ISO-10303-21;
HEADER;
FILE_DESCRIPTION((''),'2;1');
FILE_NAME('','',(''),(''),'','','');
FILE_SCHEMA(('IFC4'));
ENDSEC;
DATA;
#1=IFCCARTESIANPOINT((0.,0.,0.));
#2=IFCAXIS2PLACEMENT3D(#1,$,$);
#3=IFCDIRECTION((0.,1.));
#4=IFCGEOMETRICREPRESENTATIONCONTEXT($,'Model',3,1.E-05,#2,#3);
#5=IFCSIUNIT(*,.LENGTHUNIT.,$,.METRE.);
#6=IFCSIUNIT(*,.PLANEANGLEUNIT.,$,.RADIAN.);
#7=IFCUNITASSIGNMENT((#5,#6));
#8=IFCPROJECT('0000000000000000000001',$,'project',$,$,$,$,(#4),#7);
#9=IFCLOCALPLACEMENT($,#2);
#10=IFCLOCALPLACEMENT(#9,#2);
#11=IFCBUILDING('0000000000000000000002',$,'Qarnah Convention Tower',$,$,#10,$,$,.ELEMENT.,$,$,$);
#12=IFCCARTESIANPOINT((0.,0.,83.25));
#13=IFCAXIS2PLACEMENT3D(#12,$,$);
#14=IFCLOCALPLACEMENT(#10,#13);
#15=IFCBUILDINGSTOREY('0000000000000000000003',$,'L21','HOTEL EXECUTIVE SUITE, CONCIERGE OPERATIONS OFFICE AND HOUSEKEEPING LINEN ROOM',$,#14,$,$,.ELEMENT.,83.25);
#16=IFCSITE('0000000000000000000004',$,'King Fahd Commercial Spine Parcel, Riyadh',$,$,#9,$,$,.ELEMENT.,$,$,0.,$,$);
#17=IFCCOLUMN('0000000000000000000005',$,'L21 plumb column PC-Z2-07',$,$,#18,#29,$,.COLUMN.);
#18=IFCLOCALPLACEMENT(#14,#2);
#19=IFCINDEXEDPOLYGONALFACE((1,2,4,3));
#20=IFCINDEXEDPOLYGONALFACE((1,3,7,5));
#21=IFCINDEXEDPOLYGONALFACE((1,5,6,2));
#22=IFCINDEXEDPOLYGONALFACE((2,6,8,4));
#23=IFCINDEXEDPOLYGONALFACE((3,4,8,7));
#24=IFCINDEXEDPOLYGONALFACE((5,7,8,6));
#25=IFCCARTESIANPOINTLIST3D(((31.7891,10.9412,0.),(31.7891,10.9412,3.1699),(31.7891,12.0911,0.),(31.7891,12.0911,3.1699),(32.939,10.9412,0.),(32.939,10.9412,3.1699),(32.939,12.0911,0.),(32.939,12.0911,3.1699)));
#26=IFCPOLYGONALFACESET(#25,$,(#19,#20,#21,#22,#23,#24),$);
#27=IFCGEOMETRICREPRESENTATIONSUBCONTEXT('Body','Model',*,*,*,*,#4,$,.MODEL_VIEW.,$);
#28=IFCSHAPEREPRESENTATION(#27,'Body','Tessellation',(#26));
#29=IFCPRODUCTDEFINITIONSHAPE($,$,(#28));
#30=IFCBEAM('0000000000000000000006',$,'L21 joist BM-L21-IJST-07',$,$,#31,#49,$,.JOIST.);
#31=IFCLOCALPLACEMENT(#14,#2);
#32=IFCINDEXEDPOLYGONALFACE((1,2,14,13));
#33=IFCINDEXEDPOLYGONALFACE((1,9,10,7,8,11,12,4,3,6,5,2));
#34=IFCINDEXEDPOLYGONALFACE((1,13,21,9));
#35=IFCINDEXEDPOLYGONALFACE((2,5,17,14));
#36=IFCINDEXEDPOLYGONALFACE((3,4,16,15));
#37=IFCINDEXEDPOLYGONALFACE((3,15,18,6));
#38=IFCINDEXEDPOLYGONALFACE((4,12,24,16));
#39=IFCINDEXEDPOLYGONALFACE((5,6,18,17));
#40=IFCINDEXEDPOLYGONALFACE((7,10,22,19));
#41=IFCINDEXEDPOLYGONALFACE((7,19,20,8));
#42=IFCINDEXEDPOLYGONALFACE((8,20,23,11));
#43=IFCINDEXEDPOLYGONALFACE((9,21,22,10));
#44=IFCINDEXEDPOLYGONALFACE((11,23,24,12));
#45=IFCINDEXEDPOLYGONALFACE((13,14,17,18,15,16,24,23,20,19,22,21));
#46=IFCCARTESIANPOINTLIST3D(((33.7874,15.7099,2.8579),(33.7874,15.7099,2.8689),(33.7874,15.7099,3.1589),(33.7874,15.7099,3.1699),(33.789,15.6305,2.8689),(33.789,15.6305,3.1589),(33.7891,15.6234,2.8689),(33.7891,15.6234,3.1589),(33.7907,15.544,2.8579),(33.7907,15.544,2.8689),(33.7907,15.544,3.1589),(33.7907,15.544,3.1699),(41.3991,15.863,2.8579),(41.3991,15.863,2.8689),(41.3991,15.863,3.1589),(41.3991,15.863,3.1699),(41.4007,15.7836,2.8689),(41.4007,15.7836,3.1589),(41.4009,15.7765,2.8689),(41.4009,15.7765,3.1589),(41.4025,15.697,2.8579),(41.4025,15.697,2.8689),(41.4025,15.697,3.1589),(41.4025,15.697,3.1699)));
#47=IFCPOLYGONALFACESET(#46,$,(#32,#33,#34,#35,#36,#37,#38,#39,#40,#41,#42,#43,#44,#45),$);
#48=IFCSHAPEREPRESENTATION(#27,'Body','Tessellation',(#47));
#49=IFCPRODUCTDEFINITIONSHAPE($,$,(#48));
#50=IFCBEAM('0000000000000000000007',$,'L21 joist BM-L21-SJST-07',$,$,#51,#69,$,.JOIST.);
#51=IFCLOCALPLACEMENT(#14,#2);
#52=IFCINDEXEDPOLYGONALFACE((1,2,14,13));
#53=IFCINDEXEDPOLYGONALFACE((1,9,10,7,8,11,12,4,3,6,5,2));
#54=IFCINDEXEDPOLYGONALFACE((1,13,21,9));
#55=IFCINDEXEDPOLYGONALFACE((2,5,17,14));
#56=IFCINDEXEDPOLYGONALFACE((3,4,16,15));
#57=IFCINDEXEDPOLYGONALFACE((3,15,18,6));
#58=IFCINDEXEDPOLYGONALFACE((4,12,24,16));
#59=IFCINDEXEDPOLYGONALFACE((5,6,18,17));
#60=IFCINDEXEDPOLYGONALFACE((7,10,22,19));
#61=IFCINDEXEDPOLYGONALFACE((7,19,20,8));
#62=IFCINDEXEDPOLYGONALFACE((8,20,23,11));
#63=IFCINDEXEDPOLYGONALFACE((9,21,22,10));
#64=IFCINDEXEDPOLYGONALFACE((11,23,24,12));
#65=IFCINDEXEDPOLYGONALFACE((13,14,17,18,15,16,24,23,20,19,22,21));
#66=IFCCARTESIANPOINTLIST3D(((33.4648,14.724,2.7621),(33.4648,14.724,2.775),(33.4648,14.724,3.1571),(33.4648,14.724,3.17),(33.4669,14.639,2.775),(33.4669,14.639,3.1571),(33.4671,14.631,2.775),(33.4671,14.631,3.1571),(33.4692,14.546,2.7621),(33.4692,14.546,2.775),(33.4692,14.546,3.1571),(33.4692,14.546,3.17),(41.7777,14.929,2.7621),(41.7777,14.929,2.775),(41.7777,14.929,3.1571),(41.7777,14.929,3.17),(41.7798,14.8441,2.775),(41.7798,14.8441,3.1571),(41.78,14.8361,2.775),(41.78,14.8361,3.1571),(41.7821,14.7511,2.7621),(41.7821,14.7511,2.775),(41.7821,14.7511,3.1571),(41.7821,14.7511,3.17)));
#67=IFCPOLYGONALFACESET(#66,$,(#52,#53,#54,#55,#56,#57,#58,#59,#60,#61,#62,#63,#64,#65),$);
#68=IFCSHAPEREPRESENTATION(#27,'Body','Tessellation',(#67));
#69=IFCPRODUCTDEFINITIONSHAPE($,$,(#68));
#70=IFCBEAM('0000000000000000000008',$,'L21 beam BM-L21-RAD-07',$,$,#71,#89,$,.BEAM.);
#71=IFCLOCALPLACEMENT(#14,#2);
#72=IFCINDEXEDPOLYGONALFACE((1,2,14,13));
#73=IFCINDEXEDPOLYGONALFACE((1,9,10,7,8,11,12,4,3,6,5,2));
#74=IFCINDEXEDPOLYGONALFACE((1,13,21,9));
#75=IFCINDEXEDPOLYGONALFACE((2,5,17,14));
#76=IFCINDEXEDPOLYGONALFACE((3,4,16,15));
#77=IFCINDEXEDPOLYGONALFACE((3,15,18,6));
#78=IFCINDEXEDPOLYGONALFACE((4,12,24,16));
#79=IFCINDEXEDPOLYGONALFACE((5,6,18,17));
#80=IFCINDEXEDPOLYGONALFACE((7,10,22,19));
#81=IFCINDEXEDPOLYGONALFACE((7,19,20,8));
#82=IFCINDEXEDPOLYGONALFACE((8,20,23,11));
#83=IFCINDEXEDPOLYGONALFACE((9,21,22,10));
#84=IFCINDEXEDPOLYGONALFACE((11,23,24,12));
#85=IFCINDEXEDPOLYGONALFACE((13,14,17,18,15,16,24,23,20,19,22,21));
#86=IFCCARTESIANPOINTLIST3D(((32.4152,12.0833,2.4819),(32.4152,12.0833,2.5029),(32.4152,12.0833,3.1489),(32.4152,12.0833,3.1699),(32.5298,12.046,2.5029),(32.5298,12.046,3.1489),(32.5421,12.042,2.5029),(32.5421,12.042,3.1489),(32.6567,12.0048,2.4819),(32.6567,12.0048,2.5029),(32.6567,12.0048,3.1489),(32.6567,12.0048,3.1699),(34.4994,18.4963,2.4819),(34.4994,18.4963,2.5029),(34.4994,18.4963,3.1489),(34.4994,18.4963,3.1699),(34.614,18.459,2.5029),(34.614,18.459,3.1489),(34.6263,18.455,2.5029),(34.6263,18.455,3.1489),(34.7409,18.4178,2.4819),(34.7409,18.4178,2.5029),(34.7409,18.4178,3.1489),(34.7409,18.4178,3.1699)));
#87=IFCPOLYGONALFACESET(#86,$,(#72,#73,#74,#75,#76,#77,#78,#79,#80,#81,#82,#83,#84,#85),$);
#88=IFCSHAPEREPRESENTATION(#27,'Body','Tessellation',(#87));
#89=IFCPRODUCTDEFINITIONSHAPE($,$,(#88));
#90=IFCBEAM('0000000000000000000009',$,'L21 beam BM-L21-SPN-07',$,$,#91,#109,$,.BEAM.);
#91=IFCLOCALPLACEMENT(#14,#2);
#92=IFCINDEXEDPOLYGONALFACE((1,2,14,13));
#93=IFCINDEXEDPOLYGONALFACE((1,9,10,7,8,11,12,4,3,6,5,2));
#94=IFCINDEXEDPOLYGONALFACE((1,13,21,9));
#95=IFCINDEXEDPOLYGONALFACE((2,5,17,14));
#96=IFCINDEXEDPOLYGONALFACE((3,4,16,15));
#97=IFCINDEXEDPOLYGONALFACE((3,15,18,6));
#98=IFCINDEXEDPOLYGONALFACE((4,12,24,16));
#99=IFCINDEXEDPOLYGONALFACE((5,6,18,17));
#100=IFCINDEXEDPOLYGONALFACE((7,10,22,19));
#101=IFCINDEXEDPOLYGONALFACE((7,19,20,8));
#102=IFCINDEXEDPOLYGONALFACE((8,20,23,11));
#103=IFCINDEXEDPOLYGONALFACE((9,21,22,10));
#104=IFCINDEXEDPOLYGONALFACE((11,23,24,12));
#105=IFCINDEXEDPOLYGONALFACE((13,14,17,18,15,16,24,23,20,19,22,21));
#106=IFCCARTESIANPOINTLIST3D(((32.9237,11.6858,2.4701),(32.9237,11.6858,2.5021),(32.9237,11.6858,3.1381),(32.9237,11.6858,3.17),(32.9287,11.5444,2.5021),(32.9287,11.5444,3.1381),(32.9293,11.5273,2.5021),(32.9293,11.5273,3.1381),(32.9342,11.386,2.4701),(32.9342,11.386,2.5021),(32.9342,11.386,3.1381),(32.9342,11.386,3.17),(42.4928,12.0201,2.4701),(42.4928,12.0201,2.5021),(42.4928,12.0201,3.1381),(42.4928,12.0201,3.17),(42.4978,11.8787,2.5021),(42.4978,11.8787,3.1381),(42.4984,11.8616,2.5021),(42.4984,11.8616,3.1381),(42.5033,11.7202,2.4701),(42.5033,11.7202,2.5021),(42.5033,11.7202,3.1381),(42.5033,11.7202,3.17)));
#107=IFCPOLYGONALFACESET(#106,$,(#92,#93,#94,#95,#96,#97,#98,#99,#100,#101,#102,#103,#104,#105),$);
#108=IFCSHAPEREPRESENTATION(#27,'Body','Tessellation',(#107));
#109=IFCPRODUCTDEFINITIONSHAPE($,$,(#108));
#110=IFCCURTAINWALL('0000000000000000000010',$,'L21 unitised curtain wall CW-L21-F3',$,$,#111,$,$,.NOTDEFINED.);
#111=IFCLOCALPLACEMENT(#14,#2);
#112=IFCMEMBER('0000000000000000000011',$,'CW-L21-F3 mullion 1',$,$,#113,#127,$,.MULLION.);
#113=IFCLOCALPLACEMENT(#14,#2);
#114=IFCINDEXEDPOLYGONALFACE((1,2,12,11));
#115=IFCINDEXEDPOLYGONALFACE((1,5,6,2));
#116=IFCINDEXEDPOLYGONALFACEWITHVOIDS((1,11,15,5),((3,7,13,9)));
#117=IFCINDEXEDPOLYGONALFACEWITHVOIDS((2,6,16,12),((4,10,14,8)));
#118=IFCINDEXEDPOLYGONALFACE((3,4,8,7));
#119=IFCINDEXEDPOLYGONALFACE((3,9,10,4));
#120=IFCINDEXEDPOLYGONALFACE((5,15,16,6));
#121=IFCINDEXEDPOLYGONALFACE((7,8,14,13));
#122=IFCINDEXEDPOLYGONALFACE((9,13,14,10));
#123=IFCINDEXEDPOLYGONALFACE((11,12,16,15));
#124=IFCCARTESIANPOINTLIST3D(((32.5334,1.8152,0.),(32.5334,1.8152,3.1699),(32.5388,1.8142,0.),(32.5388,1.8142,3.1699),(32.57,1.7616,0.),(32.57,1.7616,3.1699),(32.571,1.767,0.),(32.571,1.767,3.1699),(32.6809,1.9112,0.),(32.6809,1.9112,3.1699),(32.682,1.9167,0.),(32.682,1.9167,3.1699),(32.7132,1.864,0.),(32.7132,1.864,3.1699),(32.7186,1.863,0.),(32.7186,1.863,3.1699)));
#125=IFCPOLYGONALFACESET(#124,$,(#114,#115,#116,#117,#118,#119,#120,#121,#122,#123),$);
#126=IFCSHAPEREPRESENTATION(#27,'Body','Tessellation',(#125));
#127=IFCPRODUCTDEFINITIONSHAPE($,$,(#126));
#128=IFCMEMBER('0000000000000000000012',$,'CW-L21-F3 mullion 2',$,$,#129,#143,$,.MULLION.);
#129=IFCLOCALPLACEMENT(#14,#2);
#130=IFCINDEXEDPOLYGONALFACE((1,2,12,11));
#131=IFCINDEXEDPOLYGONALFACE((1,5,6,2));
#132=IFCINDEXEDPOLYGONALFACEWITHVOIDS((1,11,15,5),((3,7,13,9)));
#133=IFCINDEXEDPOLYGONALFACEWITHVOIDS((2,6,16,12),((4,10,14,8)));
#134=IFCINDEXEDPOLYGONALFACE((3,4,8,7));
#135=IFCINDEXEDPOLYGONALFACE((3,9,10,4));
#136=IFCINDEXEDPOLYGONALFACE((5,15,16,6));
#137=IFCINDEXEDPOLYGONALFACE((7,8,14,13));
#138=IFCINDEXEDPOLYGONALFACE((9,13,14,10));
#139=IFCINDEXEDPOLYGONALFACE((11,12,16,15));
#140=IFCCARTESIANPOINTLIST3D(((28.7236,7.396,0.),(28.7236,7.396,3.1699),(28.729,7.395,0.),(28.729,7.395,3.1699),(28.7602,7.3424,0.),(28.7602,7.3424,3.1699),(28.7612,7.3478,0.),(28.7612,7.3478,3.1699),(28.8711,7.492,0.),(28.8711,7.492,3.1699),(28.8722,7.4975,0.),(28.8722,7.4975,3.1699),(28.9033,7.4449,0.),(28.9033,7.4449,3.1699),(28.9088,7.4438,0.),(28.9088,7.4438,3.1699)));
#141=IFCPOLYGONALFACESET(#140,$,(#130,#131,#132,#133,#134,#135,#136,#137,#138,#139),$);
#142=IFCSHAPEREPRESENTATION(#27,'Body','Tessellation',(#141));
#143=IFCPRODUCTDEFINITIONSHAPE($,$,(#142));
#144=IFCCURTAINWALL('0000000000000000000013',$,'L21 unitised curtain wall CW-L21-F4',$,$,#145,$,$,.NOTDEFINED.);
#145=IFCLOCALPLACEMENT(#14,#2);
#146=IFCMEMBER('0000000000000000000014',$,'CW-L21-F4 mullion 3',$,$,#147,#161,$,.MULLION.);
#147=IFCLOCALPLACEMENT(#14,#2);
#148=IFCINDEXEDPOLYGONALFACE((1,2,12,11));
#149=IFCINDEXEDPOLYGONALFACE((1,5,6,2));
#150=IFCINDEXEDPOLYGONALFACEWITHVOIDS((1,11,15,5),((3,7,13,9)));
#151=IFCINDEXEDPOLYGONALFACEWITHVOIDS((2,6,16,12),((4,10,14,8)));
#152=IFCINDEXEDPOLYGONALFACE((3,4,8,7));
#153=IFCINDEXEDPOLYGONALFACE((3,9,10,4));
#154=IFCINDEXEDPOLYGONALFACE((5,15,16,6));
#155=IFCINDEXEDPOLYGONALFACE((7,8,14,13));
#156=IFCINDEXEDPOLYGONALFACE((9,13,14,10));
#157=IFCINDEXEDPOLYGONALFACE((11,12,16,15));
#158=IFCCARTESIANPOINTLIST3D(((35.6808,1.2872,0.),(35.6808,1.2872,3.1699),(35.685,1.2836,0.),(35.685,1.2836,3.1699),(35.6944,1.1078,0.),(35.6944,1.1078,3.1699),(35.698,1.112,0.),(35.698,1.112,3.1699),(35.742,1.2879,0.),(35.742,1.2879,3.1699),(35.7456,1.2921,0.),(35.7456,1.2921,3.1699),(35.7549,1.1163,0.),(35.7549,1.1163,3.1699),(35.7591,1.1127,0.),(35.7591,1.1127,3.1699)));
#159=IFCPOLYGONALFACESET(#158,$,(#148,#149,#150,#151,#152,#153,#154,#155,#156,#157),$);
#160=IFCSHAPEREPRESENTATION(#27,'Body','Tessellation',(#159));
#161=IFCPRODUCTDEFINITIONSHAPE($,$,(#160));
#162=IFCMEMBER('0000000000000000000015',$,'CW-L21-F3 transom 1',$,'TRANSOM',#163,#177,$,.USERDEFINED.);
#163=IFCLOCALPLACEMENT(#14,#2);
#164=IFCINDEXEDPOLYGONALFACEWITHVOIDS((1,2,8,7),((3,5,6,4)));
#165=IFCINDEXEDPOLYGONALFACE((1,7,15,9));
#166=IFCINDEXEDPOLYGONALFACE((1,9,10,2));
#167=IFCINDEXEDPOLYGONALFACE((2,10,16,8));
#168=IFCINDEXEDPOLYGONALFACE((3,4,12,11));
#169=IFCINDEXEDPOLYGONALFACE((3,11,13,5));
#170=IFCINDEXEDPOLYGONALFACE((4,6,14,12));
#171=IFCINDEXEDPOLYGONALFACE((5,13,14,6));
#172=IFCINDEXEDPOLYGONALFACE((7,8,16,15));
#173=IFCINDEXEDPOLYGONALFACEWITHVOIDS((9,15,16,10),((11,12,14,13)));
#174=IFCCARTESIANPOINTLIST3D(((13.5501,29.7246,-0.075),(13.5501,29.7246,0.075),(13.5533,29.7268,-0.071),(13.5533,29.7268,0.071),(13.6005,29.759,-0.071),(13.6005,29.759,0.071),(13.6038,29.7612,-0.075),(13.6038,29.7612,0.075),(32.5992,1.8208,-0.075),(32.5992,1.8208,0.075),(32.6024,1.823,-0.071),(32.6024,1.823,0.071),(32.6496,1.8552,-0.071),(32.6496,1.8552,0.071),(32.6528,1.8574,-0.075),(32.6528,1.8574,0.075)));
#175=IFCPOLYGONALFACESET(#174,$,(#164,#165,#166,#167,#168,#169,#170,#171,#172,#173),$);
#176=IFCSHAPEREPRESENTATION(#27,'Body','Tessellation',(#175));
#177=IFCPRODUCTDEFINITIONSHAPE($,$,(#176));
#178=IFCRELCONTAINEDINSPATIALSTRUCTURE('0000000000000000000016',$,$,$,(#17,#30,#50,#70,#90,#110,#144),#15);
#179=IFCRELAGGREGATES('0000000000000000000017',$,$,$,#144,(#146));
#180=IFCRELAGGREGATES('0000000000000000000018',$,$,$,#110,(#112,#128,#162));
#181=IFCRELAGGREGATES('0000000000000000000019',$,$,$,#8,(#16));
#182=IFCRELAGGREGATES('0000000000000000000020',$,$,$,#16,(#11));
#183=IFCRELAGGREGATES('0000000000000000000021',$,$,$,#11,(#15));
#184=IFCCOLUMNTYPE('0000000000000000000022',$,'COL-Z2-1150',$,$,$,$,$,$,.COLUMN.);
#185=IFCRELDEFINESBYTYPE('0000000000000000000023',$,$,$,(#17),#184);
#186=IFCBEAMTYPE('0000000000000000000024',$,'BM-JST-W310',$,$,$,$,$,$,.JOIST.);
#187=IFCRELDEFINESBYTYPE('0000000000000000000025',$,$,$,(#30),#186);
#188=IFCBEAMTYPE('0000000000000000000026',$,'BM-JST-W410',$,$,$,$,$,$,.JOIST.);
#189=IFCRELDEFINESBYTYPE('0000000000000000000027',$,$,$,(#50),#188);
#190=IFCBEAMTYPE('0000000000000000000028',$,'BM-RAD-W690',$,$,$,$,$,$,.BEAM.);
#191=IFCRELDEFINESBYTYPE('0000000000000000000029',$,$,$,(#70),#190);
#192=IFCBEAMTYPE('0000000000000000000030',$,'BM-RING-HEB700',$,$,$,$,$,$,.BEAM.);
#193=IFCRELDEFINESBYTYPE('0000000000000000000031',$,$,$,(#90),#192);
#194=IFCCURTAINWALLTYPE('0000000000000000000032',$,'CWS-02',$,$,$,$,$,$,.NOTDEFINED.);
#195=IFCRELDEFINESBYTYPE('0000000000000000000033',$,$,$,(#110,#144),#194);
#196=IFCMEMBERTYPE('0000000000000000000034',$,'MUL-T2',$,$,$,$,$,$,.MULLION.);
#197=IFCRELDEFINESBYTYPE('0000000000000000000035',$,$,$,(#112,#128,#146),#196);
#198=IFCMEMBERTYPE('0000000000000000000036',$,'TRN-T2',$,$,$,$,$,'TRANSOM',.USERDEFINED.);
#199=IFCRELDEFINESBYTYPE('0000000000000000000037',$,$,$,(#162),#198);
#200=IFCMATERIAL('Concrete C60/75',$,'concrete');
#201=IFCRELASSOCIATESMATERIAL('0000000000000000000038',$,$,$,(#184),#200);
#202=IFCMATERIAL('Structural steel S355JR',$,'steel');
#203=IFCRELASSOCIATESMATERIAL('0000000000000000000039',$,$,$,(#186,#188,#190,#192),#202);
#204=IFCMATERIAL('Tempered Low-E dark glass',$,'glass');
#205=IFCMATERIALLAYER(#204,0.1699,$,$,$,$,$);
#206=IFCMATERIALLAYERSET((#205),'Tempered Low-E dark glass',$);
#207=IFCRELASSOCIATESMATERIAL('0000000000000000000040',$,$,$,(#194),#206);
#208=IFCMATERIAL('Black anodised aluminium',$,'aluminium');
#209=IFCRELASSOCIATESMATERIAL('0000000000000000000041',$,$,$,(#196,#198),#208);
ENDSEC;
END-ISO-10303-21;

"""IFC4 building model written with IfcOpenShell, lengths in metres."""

from ifc_helpers import new_model, si_unit, direction, frame, origin, origin_2d, place, context, subcontext, project, spatial, rectangle, hollow_rectangle, i_section, extrude, material, layer, layer_set, material_profile, profile_set, type_object, element, aggregate, save


model = new_model("IFC4")

# Units and contexts
model_context = context("Model", 3, precision=1e-05, world=origin(), true_north=direction((0.0, 1.0)))
body_context = subcontext(model_context, "Body", "Model", "MODEL_VIEW")
ifc_project = project(units=[si_unit("LENGTHUNIT", "METRE"), si_unit("PLANEANGLEUNIT", "RADIAN")], contexts=[model_context])

# Site, building, storey
site_placement = place(None, origin())
site = spatial("IfcSite", under=ifc_project, at=site_placement, Name="King Fahd Commercial Spine Parcel, Riyadh", CompositionType="ELEMENT", RefElevation=0.0)
building_placement = place(site_placement, origin())
building = spatial("IfcBuilding", under=site, at=building_placement, Name="Qarnah Convention Tower", CompositionType="ELEMENT")
storey_placement = place(building_placement, frame((0.0, 0.0, 83.25)))
storey = spatial("IfcBuildingStorey", under=building, at=storey_placement, Name="L21", Description="HOTEL EXECUTIVE SUITE, CONCIERGE OPERATIONS OFFICE AND HOUSEKEEPING LINEN ROOM", CompositionType="ELEMENT", Elevation=83.25)

# Column
ifc_material_1 = material(Name="Concrete C60/75", Category="concrete")
ifc_material_profile_1 = material_profile(ifc_material_1, rectangle(XDim=1.1499, YDim=1.1499, at=origin_2d()), Name="RC-COL-1150X1150")
ifc_profile_set_1 = profile_set([ifc_material_profile_1], Name="Concrete C60/75")
column_type = type_object("IfcColumnType", Name="COL-Z2-1150", PredefinedType="COLUMN", material=ifc_profile_set_1)
column_placement = place(storey_placement, frame((32.364, 11.5161, 0.0), z_axis=(0.0, 0.0, 1.0), x_axis=(1.0, 0.0, 0.0)))
element("IfcColumn", 1, at=column_placement, inside=storey, type_object=column_type, Name="L21 plumb column PC-Z2-07", PredefinedType="COLUMN", context=body_context, shape_type="SweptSolid", body=[
    extrude(rectangle(XDim=1.1499, YDim=1.1499, at=origin_2d()), origin(), (0.0, 0.0, 1.0), 3.1699),
])

# Beams
ifc_material_2 = material(Name="Structural steel S355JR", Category="steel")
ifc_material_profile_2 = material_profile(ifc_material_2, i_section(OverallWidth=0.166, OverallDepth=0.312, WebThickness=0.0071, FlangeThickness=0.011, at=origin_2d()), Name="W310X45")
ifc_profile_set_2 = profile_set([ifc_material_profile_2], Name="Structural steel S355JR")
beam_type_1 = type_object("IfcBeamType", Name="BM-JST-W310", PredefinedType="JOIST", material=ifc_profile_set_2)
beam_1_placement = place(storey_placement, frame((33.7891, 15.627, 3.0139), z_axis=(0.999798, 0.020106, 0.0), x_axis=(-0.020106, 0.999798, 0.0)))
element("IfcBeam", 2, at=beam_1_placement, inside=storey, type_object=beam_type_1, Name="L21 joist BM-L21-IJST-07", PredefinedType="JOIST", context=body_context, shape_type="SweptSolid", body=[
    extrude(i_section(OverallWidth=0.166, OverallDepth=0.312, WebThickness=0.0071, FlangeThickness=0.011, at=origin_2d()), origin(), (0.0, 0.0, 1.0), 7.6133),
])
ifc_material_profile_3 = material_profile(ifc_material_2, i_section(OverallWidth=0.178, OverallDepth=0.408, WebThickness=0.0081, FlangeThickness=0.0129, at=origin_2d()), Name="W410X60")
ifc_profile_set_3 = profile_set([ifc_material_profile_3], Name="Structural steel S355JR")
beam_type_2 = type_object("IfcBeamType", Name="BM-JST-W410", PredefinedType="JOIST", material=ifc_profile_set_3)
beam_2_placement = place(storey_placement, frame((33.467, 14.635, 2.9661), z_axis=(0.999696, 0.024662, 0.0), x_axis=(-0.024662, 0.999696, 0.0)))
element("IfcBeam", 3, at=beam_2_placement, inside=storey, type_object=beam_type_2, Name="L21 joist BM-L21-SJST-07", PredefinedType="JOIST", context=body_context, shape_type="SweptSolid", body=[
    extrude(i_section(OverallWidth=0.178, OverallDepth=0.408, WebThickness=0.0081, FlangeThickness=0.0129, at=origin_2d()), origin(), (0.0, 0.0, 1.0), 8.3154),
])
ifc_material_profile_4 = material_profile(ifc_material_2, i_section(OverallWidth=0.2539, OverallDepth=0.688, WebThickness=0.0129, FlangeThickness=0.021, at=origin_2d()), Name="W690X152")
ifc_profile_set_4 = profile_set([ifc_material_profile_4], Name="Structural steel S355JR")
beam_type_3 = type_object("IfcBeamType", Name="BM-RAD-W690", PredefinedType="BEAM", material=ifc_profile_set_4)
beam_3_placement = place(storey_placement, frame((34.6201, 18.457, 2.8259), z_axis=(-0.309083, -0.951035, 0.0), x_axis=(0.951035, -0.309083, 0.0)))
element("IfcBeam", 4, at=beam_3_placement, inside=storey, type_object=beam_type_3, Name="L21 beam BM-L21-RAD-07", PredefinedType="BEAM", context=body_context, shape_type="SweptSolid", body=[
    extrude(i_section(OverallWidth=0.2539, OverallDepth=0.688, WebThickness=0.0129, FlangeThickness=0.021, at=origin_2d()), origin(), (0.0, 0.0, 1.0), 6.7432),
])
ifc_material_profile_5 = material_profile(ifc_material_2, i_section(OverallWidth=0.3, OverallDepth=0.7, WebThickness=0.0171, FlangeThickness=0.032, at=origin_2d()), Name="HEB700")
ifc_profile_set_5 = profile_set([ifc_material_profile_5], Name="Structural steel S355JR")
beam_type_4 = type_object("IfcBeamType", Name="BM-RING-HEB700", PredefinedType="BEAM", material=ifc_profile_set_5)
beam_4_placement = place(storey_placement, frame((32.929, 11.5359, 2.8201), z_axis=(0.999391, 0.034907, 0.0), x_axis=(-0.034907, 0.999391, 0.0)))
element("IfcBeam", 5, at=beam_4_placement, inside=storey, type_object=beam_type_4, Name="L21 beam BM-L21-SPN-07", PredefinedType="BEAM", context=body_context, shape_type="SweptSolid", body=[
    extrude(i_section(OverallWidth=0.3, OverallDepth=0.7, WebThickness=0.0171, FlangeThickness=0.032, at=origin_2d()), origin(), (0.0, 0.0, 1.0), 9.575),
])

# Curtain wall, members
ifc_material_3 = material(Name="Tempered Low-E dark glass", Category="glass")
ifc_layer_1 = layer(ifc_material_3, 0.1699)
ifc_layer_set_1 = layer_set([ifc_layer_1], Name="Tempered Low-E dark glass")
curtain_wall_type = type_object("IfcCurtainWallType", Name="CWS-02", PredefinedType="NOTDEFINED", material=ifc_layer_set_1)
curtain_wall_1_placement = place(storey_placement, origin())
curtain_wall_1 = element("IfcCurtainWall", 6, at=curtain_wall_1_placement, inside=storey, type_object=curtain_wall_type, Name="L21 unitised curtain wall CW-L21-F3", PredefinedType="NOTDEFINED")
ifc_material_4 = material(Name="Black anodised aluminium", Category="aluminium")
ifc_material_profile_6 = material_profile(ifc_material_4, hollow_rectangle(XDim=0.0649, YDim=0.1799, WallThickness=0.0039, at=origin_2d()), Name="MUL-65X180")
ifc_profile_set_6 = profile_set([ifc_material_profile_6], Name="Black anodised aluminium")
member_type_1 = type_object("IfcMemberType", Name="MUL-T2", PredefinedType="MULLION", material=ifc_profile_set_6)
member_1_placement = place(storey_placement, frame((32.626, 1.8391, 0.0), z_axis=(0.0, 0.0, 1.0), x_axis=(-0.563812, 0.825903, 0.0)))
member_1 = element("IfcMember", 7, at=member_1_placement, type_object=member_type_1, Name="CW-L21-F3 mullion 1", PredefinedType="MULLION", context=body_context, shape_type="SweptSolid", body=[
    extrude(hollow_rectangle(XDim=0.0649, YDim=0.1799, WallThickness=0.0039, at=origin_2d()), origin(), (0.0, 0.0, 1.0), 3.1699),
])
member_2_placement = place(storey_placement, frame((28.8162, 7.4199, 0.0), z_axis=(0.0, 0.0, 1.0), x_axis=(-0.563812, 0.825903, 0.0)))
member_2 = element("IfcMember", 8, at=member_2_placement, type_object=member_type_1, Name="CW-L21-F3 mullion 2", PredefinedType="MULLION", context=body_context, shape_type="SweptSolid", body=[
    extrude(hollow_rectangle(XDim=0.0649, YDim=0.1799, WallThickness=0.0039, at=origin_2d()), origin(), (0.0, 0.0, 1.0), 3.1699),
])

# Curtain wall, member
curtain_wall_2_placement = place(storey_placement, origin())
curtain_wall_2 = element("IfcCurtainWall", 9, at=curtain_wall_2_placement, inside=storey, type_object=curtain_wall_type, Name="L21 unitised curtain wall CW-L21-F4", PredefinedType="NOTDEFINED")
member_3_placement = place(storey_placement, frame((35.72, 1.2, 0.0), z_axis=(0.0, 0.0, 1.0), x_axis=(-0.997157, -0.075352, 0.0)))
member_3 = element("IfcMember", 10, at=member_3_placement, type_object=member_type_1, Name="CW-L21-F4 mullion 3", PredefinedType="MULLION", context=body_context, shape_type="SweptSolid", body=[
    extrude(hollow_rectangle(XDim=0.0649, YDim=0.1799, WallThickness=0.0039, at=origin_2d()), origin(), (0.0, 0.0, 1.0), 3.1699),
])
aggregate(curtain_wall_2, [member_3])

# Member
ifc_material_profile_7 = material_profile(ifc_material_4, hollow_rectangle(XDim=0.0649, YDim=0.1499, WallThickness=0.0039, at=origin_2d()), Name="TRN-65X150")
ifc_profile_set_7 = profile_set([ifc_material_profile_7], Name="Black anodised aluminium")
member_type_2 = type_object("IfcMemberType", Name="TRN-T2", ElementType="TRANSOM", PredefinedType="USERDEFINED", material=ifc_profile_set_7)
member_4_placement = place(storey_placement, frame((32.626, 1.8391, 0.0), z_axis=(-0.563817, 0.8259, 0.0), x_axis=(-0.8259, -0.563817, 0.0)))
member_4 = element("IfcMember", 11, at=member_4_placement, type_object=member_type_2, Name="CW-L21-F3 transom 1", ObjectType="TRANSOM", PredefinedType="USERDEFINED", context=body_context, shape_type="SweptSolid", body=[
    extrude(hollow_rectangle(XDim=0.0649, YDim=0.1499, WallThickness=0.0039, at=origin_2d()), origin(), (0.0, 0.0, 1.0), 33.7859),
])

aggregate(curtain_wall_1, [member_1, member_2, member_4])

save(model, "model.ifc")
